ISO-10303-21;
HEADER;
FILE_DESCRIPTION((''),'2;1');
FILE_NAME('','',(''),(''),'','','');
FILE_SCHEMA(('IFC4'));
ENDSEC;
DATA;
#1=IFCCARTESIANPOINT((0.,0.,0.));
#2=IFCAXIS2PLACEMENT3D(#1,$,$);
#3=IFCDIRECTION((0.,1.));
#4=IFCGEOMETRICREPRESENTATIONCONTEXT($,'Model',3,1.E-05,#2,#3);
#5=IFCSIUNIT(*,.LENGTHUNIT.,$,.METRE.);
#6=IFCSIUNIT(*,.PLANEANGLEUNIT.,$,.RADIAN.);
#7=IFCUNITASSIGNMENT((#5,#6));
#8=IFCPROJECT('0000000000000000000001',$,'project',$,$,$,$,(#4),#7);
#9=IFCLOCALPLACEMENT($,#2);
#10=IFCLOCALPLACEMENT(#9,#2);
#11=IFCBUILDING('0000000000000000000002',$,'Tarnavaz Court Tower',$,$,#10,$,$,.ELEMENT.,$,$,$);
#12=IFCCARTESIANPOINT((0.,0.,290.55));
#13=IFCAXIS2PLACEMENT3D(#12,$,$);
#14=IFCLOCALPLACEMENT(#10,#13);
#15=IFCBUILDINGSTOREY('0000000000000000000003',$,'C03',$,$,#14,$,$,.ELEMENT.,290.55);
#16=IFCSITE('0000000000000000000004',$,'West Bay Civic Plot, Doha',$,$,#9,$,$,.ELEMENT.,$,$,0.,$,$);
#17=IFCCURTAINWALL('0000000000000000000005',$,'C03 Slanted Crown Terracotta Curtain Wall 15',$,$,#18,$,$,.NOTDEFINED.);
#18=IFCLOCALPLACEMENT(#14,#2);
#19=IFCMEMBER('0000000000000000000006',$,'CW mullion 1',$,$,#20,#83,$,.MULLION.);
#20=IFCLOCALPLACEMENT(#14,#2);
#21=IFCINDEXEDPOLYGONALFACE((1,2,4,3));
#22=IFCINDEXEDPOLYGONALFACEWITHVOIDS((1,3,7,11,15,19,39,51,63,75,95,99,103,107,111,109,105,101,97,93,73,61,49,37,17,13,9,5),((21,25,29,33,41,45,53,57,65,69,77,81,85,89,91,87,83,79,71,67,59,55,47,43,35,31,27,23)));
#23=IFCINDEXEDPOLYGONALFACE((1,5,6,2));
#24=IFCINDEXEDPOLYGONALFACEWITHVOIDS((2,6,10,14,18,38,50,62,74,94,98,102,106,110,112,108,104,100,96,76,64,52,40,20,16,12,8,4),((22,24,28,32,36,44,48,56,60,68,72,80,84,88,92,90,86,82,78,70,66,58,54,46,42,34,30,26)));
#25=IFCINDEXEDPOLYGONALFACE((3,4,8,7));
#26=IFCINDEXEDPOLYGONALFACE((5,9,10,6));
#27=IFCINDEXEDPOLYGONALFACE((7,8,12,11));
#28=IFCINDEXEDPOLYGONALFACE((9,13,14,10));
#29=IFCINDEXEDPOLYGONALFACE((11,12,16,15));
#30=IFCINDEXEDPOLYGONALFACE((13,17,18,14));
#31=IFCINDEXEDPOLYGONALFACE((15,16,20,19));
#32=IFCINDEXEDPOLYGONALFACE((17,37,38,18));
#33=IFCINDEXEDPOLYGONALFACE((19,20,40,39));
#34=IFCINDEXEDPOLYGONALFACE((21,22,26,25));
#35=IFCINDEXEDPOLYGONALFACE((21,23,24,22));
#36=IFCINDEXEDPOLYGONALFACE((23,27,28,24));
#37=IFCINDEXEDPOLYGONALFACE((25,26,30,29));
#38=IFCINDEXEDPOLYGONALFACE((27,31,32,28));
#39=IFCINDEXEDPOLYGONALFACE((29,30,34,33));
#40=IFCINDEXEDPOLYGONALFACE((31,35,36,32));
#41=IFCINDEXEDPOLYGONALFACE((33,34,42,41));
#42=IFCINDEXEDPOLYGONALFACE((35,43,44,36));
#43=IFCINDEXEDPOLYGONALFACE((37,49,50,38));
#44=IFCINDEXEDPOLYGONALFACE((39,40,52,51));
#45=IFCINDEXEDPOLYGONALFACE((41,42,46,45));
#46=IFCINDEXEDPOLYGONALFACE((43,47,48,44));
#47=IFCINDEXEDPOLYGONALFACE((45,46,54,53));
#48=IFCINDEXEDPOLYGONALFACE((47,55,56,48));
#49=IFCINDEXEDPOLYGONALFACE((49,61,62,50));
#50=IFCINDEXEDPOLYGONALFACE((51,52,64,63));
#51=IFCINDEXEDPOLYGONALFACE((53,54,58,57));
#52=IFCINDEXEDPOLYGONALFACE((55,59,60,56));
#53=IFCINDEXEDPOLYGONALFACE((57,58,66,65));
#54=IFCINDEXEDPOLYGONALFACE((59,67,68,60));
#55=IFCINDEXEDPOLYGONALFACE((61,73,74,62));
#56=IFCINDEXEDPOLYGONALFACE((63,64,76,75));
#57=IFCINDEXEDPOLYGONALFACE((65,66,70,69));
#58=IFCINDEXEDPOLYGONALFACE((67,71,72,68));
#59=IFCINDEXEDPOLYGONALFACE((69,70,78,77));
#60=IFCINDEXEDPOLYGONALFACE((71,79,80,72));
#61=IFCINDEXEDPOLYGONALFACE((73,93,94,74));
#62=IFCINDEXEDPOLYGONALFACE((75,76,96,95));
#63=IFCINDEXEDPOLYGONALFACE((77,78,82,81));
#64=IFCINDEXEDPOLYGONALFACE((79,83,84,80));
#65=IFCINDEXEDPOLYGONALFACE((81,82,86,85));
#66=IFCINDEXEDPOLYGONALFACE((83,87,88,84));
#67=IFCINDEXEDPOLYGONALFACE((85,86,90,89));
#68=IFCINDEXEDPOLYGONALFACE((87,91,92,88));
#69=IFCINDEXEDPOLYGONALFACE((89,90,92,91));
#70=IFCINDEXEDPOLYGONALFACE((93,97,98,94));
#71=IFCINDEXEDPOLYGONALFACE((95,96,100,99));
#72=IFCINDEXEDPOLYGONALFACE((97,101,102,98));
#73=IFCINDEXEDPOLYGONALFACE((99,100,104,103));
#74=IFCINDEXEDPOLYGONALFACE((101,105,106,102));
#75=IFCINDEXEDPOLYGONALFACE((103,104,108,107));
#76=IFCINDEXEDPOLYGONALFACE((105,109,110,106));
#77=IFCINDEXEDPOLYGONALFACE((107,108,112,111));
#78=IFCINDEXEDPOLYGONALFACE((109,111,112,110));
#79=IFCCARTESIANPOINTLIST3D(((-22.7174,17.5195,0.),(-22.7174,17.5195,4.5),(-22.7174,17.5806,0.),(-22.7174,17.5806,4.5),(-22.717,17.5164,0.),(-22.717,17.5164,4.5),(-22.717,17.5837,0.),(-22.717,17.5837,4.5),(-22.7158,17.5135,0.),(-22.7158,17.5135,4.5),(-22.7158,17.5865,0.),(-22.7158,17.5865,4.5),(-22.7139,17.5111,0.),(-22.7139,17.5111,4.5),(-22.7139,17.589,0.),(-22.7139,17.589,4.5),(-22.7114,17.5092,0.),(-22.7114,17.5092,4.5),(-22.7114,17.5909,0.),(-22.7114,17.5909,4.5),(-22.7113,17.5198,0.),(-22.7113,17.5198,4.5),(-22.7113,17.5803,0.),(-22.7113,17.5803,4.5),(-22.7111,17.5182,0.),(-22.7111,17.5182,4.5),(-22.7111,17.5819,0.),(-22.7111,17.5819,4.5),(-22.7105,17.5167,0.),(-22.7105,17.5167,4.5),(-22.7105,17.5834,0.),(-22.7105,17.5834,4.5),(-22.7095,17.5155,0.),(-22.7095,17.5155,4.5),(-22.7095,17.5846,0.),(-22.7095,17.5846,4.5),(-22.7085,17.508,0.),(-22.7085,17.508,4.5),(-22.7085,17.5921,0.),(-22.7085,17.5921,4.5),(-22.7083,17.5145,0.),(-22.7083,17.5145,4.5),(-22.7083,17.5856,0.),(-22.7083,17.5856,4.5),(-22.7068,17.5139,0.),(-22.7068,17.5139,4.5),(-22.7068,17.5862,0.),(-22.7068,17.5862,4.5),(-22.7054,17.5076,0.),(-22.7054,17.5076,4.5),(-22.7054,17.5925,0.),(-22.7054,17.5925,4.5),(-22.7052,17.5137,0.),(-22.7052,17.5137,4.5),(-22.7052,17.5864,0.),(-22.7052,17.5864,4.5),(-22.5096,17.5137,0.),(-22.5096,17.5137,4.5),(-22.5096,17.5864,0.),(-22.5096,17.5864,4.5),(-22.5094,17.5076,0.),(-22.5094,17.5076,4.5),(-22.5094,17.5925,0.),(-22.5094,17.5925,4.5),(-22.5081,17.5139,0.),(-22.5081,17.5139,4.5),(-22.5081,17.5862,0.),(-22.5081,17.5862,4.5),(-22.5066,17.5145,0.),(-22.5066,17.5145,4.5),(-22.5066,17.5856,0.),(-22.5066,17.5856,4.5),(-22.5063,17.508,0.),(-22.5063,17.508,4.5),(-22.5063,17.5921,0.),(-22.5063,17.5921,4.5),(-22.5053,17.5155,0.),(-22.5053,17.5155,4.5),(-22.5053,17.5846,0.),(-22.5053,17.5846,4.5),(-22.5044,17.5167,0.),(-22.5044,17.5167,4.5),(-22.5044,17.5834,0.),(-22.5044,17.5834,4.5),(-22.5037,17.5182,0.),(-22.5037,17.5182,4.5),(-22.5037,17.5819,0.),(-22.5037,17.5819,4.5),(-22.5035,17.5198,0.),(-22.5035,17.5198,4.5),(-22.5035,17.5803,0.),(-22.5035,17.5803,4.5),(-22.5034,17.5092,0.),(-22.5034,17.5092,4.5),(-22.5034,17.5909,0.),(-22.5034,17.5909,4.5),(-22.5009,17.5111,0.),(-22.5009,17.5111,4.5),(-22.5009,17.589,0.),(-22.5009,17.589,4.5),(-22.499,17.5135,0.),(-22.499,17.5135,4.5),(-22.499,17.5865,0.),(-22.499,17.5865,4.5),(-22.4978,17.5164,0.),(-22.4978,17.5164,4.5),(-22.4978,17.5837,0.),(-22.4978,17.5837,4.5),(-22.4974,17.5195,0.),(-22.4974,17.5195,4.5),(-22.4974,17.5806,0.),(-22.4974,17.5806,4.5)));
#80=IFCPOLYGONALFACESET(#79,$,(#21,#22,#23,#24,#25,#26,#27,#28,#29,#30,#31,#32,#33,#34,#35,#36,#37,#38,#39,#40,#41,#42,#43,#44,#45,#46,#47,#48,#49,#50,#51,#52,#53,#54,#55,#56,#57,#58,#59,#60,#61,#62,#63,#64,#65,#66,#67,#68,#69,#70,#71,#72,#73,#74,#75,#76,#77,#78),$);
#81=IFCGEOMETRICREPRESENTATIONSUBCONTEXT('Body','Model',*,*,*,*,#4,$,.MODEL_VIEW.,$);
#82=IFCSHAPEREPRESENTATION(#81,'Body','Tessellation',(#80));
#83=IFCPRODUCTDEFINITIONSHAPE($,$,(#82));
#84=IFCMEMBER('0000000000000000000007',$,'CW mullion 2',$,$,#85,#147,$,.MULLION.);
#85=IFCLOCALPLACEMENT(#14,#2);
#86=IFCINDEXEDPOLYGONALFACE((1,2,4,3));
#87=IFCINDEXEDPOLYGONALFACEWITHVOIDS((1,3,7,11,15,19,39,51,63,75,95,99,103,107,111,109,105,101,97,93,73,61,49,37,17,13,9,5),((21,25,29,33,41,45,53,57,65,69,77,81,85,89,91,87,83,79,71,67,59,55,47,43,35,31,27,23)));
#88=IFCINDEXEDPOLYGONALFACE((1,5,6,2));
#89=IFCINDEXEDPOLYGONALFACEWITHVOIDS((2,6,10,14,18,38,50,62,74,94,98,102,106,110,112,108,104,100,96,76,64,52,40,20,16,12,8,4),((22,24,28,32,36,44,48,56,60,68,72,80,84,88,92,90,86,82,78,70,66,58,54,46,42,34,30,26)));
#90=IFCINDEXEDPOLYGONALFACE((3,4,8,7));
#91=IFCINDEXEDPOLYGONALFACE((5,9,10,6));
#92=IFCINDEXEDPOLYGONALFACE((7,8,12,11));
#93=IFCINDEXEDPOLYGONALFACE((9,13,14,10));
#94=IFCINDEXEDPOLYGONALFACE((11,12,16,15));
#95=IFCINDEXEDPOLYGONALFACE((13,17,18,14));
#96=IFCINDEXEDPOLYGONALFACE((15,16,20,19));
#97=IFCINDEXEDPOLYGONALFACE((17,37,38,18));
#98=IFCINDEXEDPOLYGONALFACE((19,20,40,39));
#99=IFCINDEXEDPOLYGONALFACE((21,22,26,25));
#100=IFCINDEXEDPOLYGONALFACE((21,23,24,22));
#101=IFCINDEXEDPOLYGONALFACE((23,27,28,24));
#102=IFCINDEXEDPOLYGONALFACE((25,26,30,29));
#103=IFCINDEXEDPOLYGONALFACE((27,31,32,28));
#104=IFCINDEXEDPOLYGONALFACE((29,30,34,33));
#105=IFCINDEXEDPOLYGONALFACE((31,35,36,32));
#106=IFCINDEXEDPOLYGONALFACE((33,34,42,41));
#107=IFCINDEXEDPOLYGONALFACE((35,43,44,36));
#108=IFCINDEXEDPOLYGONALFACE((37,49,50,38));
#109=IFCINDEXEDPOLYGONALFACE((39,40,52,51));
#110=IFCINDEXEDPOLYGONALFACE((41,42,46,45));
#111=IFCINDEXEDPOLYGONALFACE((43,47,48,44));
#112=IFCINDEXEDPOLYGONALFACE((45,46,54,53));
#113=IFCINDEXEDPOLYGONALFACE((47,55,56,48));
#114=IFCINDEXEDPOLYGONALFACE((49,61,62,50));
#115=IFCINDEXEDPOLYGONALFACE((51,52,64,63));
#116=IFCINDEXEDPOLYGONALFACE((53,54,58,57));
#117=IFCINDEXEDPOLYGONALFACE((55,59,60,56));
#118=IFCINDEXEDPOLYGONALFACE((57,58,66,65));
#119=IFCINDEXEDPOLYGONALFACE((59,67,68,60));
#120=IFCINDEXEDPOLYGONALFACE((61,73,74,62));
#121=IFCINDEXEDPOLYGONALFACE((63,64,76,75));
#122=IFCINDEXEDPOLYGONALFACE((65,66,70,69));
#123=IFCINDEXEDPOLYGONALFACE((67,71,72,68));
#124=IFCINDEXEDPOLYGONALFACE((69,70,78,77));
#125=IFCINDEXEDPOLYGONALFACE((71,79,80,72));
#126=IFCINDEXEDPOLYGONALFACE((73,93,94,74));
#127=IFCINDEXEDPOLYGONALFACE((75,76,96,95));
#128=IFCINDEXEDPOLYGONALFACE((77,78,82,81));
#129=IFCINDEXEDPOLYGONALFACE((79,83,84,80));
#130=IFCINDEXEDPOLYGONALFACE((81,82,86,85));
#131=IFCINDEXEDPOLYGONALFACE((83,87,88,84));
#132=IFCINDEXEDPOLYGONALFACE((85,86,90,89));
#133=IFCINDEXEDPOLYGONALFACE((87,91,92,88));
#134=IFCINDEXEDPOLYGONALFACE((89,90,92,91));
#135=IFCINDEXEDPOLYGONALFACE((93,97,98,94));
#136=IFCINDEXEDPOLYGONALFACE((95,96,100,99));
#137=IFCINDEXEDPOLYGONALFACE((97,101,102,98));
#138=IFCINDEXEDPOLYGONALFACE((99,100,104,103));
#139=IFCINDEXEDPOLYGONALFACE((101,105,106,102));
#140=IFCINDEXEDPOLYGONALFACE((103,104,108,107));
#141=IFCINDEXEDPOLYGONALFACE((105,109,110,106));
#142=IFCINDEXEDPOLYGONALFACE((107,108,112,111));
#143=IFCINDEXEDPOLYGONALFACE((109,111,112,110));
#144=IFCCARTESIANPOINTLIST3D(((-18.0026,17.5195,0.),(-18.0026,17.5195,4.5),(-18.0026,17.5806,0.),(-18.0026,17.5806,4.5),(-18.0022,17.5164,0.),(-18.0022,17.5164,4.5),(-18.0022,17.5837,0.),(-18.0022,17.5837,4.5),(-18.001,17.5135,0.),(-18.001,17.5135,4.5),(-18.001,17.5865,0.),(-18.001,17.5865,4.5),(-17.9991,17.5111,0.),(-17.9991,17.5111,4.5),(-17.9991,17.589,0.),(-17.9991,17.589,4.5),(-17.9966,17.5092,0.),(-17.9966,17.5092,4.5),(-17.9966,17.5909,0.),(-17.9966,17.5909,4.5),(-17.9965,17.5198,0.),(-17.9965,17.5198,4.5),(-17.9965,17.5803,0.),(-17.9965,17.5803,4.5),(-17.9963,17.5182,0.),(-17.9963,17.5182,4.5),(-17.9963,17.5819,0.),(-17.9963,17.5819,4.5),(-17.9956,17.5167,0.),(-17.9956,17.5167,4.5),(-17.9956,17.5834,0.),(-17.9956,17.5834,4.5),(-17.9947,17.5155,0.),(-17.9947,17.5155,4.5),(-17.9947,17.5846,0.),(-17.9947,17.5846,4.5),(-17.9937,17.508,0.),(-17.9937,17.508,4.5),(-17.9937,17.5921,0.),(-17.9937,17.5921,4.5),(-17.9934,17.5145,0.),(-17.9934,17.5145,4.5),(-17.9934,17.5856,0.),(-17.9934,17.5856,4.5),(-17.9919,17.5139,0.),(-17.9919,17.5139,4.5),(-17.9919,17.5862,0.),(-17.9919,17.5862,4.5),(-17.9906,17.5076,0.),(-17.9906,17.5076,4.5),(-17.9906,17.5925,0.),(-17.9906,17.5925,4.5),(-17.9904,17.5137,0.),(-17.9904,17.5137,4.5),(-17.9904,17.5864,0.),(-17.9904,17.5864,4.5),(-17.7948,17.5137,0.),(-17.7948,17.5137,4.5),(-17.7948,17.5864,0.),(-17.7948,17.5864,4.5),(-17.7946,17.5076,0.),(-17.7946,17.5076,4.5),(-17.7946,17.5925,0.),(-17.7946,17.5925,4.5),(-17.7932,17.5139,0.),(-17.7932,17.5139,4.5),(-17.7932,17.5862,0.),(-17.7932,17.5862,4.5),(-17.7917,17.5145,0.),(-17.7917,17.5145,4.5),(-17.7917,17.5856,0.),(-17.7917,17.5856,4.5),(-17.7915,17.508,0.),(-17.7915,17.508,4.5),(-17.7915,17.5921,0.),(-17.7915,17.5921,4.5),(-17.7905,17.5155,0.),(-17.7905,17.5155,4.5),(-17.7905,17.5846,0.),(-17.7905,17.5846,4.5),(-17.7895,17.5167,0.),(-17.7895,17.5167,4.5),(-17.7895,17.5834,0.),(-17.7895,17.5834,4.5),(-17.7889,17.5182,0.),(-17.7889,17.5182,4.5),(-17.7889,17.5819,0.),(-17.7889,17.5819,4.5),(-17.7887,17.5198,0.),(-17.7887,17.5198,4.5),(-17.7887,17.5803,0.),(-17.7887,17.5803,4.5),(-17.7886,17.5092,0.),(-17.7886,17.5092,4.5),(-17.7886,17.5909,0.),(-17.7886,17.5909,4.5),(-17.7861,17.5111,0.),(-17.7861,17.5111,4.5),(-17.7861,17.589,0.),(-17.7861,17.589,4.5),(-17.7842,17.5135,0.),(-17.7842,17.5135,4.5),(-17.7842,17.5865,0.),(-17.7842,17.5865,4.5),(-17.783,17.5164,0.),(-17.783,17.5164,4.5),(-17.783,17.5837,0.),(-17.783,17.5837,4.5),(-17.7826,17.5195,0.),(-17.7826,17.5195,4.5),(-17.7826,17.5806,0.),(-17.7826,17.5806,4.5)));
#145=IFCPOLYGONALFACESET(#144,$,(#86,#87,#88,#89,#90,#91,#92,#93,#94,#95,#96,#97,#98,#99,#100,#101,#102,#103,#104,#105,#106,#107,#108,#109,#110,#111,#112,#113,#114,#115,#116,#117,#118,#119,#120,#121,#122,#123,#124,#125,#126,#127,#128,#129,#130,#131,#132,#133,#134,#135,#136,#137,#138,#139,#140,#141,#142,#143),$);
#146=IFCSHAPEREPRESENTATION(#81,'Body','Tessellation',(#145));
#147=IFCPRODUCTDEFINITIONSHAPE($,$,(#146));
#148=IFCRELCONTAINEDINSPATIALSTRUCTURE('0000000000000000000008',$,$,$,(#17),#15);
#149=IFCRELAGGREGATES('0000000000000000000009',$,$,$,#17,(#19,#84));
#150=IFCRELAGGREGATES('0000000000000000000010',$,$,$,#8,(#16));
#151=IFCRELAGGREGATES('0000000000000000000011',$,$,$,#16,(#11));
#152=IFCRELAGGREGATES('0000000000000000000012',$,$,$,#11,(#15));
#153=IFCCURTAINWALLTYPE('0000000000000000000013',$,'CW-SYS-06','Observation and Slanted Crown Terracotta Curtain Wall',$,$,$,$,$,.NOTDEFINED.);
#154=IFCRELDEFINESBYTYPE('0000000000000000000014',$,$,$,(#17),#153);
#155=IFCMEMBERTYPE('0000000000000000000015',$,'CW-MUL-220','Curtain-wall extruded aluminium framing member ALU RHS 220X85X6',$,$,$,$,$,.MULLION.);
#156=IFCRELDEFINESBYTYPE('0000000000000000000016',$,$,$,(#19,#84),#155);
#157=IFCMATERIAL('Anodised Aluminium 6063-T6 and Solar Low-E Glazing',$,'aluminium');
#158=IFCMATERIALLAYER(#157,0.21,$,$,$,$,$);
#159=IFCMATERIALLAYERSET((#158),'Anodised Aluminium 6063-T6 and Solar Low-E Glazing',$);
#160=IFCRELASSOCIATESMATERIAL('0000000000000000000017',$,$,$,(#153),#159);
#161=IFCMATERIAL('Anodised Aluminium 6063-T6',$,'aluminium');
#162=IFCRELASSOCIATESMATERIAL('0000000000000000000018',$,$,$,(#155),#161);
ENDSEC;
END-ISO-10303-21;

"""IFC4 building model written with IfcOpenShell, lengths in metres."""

from ifc_helpers import new_model, si_unit, direction, frame, origin, origin_2d, place, context, subcontext, project, spatial, hollow_rectangle, extrude, material, layer, layer_set, material_profile, profile_set, type_object, element, aggregate, save


model = new_model("IFC4")

# Units and contexts
model_context = context("Model", 3, precision=1e-05, world=origin(), true_north=direction((0.0, 1.0)))
body_context = subcontext(model_context, "Body", "Model", "MODEL_VIEW")
ifc_project = project(units=[si_unit("LENGTHUNIT", "METRE"), si_unit("PLANEANGLEUNIT", "RADIAN")], contexts=[model_context])

# Site, building, storey
site_placement = place(None, origin())
site = spatial("IfcSite", under=ifc_project, at=site_placement, Name="West Bay Civic Plot, Doha", CompositionType="ELEMENT", RefElevation=0.0)
building_placement = place(site_placement, origin())
building = spatial("IfcBuilding", under=site, at=building_placement, Name="Tarnavaz Court Tower", CompositionType="ELEMENT")
storey_placement = place(building_placement, frame((0.0, 0.0, 290.55)))
storey = spatial("IfcBuildingStorey", under=building, at=storey_placement, Name="C03", CompositionType="ELEMENT", Elevation=290.55)

# Curtain wall, members
ifc_material_1 = material(Name="Anodised Aluminium 6063-T6 and Solar Low-E Glazing", Category="aluminium")
ifc_layer_1 = layer(ifc_material_1, 0.21)
ifc_layer_set_1 = layer_set([ifc_layer_1], Name="Anodised Aluminium 6063-T6 and Solar Low-E Glazing")
curtain_wall_type = type_object("IfcCurtainWallType", Name="CW-SYS-06", Description="Observation and Slanted Crown Terracotta Curtain Wall", PredefinedType="NOTDEFINED", material=ifc_layer_set_1)
ifc_material_2 = material(Name="Anodised Aluminium 6063-T6", Category="aluminium")
ifc_material_profile_1 = material_profile(ifc_material_2, hollow_rectangle(XDim=0.085, YDim=0.22, WallThickness=0.0061, InnerFilletRadius=0.0061, OuterFilletRadius=0.012, at=origin_2d()), Name="ALU RHS 220X85X6")
ifc_profile_set_1 = profile_set([ifc_material_profile_1], Name="Anodised Aluminium 6063-T6")
member_type_1 = type_object("IfcMemberType", Name="CW-MUL-220", Description="Curtain-wall extruded aluminium framing member ALU RHS 220X85X6", PredefinedType="MULLION", material=ifc_profile_set_1)
curtain_wall_1_placement = place(storey_placement, origin())
curtain_wall_1 = element("IfcCurtainWall", 1, at=curtain_wall_1_placement, inside=storey, type_object=curtain_wall_type, Name="C03 Slanted Crown Terracotta Curtain Wall 15", PredefinedType="NOTDEFINED")
member_1_placement = place(storey_placement, frame((-22.6074, 17.55, 0.0), z_axis=(0.0, 0.0, 1.0), x_axis=(0.0, 1.0, 0.0)))
member_1 = element("IfcMember", 2, at=member_1_placement, type_object=member_type_1, Name="CW mullion 1", PredefinedType="MULLION", context=body_context, shape_type="SweptSolid", body=[
    extrude(hollow_rectangle(XDim=0.085, YDim=0.22, WallThickness=0.0061, InnerFilletRadius=0.0061, OuterFilletRadius=0.012, at=origin_2d()), origin(), (0.0, 0.0, 1.0), 4.5),
])
member_2_placement = place(storey_placement, frame((-17.8926, 17.55, 0.0), z_axis=(0.0, 0.0, 1.0), x_axis=(0.0, 1.0, 0.0)))
member_2 = element("IfcMember", 3, at=member_2_placement, type_object=member_type_1, Name="CW mullion 2", PredefinedType="MULLION", context=body_context, shape_type="SweptSolid", body=[
    extrude(hollow_rectangle(XDim=0.085, YDim=0.22, WallThickness=0.0061, InnerFilletRadius=0.0061, OuterFilletRadius=0.012, at=origin_2d()), origin(), (0.0, 0.0, 1.0), 4.5),
])

aggregate(curtain_wall_1, [member_1, member_2])

save(model, "model.ifc")
